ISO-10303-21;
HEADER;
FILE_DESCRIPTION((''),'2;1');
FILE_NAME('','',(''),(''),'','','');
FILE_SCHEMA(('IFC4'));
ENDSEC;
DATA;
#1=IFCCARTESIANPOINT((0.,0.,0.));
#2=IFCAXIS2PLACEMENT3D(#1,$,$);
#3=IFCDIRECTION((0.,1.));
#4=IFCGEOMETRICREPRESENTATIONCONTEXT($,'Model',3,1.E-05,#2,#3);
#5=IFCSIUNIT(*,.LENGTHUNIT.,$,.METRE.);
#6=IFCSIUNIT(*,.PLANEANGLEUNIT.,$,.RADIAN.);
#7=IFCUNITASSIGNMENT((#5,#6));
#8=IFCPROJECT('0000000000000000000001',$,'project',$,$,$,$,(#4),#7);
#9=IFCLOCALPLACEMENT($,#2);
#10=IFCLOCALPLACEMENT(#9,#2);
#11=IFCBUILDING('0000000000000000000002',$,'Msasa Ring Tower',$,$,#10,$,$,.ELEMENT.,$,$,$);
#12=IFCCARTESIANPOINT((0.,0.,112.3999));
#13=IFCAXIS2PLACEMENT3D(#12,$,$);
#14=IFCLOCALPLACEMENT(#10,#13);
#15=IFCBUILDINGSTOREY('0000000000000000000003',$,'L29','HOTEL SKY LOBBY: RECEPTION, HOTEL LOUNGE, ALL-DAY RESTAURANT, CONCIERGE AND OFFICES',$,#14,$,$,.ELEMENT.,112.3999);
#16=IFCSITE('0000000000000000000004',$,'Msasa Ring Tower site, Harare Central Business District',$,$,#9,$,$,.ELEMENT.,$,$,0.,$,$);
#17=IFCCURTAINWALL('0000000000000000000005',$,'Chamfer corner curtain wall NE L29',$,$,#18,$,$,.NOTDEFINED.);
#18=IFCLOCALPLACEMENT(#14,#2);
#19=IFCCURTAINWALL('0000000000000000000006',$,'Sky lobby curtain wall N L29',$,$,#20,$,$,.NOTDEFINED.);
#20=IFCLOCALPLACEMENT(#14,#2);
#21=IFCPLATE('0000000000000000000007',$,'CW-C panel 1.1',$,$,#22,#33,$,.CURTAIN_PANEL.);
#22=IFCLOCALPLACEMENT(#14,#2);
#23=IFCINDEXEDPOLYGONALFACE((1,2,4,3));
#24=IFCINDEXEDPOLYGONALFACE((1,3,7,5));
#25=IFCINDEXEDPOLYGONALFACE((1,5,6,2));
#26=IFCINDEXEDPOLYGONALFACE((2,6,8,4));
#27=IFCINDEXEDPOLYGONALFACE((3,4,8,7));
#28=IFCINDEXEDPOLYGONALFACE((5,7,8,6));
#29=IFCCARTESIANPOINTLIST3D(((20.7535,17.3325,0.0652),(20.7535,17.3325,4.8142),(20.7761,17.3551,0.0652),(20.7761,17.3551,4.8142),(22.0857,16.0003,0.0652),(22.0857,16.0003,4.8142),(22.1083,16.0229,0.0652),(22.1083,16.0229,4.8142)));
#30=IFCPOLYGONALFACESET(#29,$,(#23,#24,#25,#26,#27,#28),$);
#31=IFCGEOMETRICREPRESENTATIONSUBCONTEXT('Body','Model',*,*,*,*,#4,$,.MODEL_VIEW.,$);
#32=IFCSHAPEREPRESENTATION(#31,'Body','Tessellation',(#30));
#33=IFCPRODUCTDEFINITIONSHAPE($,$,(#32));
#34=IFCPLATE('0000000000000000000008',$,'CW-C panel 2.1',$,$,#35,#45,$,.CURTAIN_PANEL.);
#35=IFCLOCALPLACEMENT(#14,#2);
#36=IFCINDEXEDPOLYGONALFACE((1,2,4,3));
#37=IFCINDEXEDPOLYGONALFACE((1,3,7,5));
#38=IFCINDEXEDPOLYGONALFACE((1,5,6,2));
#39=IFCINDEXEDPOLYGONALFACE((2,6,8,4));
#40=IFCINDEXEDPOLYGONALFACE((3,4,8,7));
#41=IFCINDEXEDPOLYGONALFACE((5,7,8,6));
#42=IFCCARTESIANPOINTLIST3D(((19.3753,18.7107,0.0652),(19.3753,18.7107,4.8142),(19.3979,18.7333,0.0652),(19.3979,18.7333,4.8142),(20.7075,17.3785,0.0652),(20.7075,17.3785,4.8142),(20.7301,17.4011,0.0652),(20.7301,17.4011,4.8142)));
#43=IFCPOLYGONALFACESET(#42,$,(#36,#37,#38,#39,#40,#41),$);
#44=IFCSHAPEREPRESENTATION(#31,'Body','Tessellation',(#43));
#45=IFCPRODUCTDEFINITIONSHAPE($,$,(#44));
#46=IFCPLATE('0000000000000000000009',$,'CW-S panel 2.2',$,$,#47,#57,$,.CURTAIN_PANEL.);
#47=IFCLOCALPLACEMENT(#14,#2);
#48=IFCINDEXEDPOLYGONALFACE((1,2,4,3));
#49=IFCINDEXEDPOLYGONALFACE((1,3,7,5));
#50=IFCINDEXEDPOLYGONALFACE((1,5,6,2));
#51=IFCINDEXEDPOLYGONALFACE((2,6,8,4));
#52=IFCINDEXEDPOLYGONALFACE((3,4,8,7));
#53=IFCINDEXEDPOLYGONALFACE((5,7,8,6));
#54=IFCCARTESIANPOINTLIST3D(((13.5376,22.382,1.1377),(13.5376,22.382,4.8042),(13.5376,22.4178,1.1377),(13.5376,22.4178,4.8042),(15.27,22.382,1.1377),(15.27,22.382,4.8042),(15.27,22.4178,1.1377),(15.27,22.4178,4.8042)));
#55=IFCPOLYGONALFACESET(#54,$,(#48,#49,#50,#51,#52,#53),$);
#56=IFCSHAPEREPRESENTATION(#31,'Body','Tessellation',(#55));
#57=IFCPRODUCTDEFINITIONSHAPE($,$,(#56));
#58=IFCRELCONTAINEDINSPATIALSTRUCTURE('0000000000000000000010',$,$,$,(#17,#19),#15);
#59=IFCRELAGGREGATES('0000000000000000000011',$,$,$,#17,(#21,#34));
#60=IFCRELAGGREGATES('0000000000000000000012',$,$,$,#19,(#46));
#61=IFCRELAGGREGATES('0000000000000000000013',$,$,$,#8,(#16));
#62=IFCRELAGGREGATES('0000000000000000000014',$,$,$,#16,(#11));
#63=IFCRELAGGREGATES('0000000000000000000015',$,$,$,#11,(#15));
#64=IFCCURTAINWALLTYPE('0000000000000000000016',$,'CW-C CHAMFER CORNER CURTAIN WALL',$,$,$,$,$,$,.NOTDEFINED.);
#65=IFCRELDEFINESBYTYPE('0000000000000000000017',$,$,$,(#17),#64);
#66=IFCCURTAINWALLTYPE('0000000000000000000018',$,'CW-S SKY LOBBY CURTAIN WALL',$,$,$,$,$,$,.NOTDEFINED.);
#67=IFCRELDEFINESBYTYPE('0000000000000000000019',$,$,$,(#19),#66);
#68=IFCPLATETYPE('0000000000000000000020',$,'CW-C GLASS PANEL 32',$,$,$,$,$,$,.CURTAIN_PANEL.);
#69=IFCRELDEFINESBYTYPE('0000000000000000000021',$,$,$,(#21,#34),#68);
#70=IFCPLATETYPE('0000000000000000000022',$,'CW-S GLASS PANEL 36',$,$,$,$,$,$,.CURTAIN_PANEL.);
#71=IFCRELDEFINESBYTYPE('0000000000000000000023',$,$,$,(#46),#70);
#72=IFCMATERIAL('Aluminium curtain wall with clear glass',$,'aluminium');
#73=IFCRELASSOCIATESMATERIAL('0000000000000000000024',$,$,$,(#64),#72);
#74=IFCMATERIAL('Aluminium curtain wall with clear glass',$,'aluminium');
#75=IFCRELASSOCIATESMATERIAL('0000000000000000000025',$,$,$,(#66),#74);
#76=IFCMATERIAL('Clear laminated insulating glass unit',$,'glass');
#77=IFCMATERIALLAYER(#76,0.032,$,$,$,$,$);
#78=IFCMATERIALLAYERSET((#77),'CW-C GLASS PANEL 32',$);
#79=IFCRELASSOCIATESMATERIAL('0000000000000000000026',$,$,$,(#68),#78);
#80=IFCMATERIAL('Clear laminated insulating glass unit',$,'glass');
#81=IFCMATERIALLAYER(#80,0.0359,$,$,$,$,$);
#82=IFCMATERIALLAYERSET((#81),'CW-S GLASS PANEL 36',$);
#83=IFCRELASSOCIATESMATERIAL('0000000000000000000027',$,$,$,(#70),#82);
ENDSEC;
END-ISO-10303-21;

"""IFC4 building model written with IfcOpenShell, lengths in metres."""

from ifc_helpers import new_model, si_unit, direction, frame, origin, origin_2d, place, context, subcontext, project, spatial, rectangle, extrude, material, layer, layer_set, type_object, element, aggregate, save


model = new_model("IFC4")

# Units and contexts
model_context = context("Model", 3, precision=1e-05, world=origin(), true_north=direction((0.0, 1.0)))
body_context = subcontext(model_context, "Body", "Model", "MODEL_VIEW")
ifc_project = project(units=[si_unit("LENGTHUNIT", "METRE"), si_unit("PLANEANGLEUNIT", "RADIAN")], contexts=[model_context])

# Site, building, storey
site_placement = place(None, origin())
site = spatial("IfcSite", under=ifc_project, at=site_placement, Name="Msasa Ring Tower site, Harare Central Business District", CompositionType="ELEMENT", RefElevation=0.0)
building_placement = place(site_placement, origin())
building = spatial("IfcBuilding", under=site, at=building_placement, Name="Msasa Ring Tower", CompositionType="ELEMENT")
storey_placement = place(building_placement, frame((0.0, 0.0, 112.3999)))
storey = spatial("IfcBuildingStorey", under=building, at=storey_placement, Name="L29", Description="HOTEL SKY LOBBY: RECEPTION, HOTEL LOUNGE, ALL-DAY RESTAURANT, CONCIERGE AND OFFICES", CompositionType="ELEMENT", Elevation=112.3999)

# Curtain wall
ifc_material_1 = material(Name="Aluminium curtain wall with clear glass", Category="aluminium")
curtain_wall_type_1 = type_object("IfcCurtainWallType", Name="CW-C CHAMFER CORNER CURTAIN WALL", PredefinedType="NOTDEFINED", material=ifc_material_1)
curtain_wall_1_placement = place(storey_placement, origin())
curtain_wall_1 = element("IfcCurtainWall", 1, at=curtain_wall_1_placement, inside=storey, type_object=curtain_wall_type_1, Name="Chamfer corner curtain wall NE L29", PredefinedType="NOTDEFINED")

# Curtain wall
ifc_material_2 = material(Name="Aluminium curtain wall with clear glass", Category="aluminium")
curtain_wall_type_2 = type_object("IfcCurtainWallType", Name="CW-S SKY LOBBY CURTAIN WALL", PredefinedType="NOTDEFINED", material=ifc_material_2)
curtain_wall_2_placement = place(storey_placement, origin())
curtain_wall_2 = element("IfcCurtainWall", 2, at=curtain_wall_2_placement, inside=storey, type_object=curtain_wall_type_2, Name="Sky lobby curtain wall N L29", PredefinedType="NOTDEFINED")

# Plates
ifc_material_3 = material(Name="Clear laminated insulating glass unit", Category="glass")
ifc_layer_1 = layer(ifc_material_3, 0.032)
ifc_layer_set_1 = layer_set([ifc_layer_1], Name="CW-C GLASS PANEL 32")
plate_type_1 = type_object("IfcPlateType", Name="CW-C GLASS PANEL 32", PredefinedType="CURTAIN_PANEL", material=ifc_layer_set_1)
plate_1_placement = place(storey_placement, frame((21.4309, 16.6777, 0.0652), z_axis=(0.0, 0.0, 1.0), x_axis=(-0.707107, 0.707107, 0.0)))
plate_1 = element("IfcPlate", 3, at=plate_1_placement, type_object=plate_type_1, Name="CW-C panel 1.1", PredefinedType="CURTAIN_PANEL", context=body_context, shape_type="SweptSolid", body=[
    extrude(rectangle(XDim=1.884, YDim=0.032, at=origin_2d()), origin(), (0.0, 0.0, 1.0), 4.749),
])
plate_2_placement = place(storey_placement, frame((20.0527, 18.0559, 0.0652), z_axis=(0.0, 0.0, 1.0), x_axis=(-0.707107, 0.707107, 0.0)))
plate_2 = element("IfcPlate", 4, at=plate_2_placement, type_object=plate_type_1, Name="CW-C panel 2.1", PredefinedType="CURTAIN_PANEL", context=body_context, shape_type="SweptSolid", body=[
    extrude(rectangle(XDim=1.884, YDim=0.032, at=origin_2d()), origin(), (0.0, 0.0, 1.0), 4.749),
])
aggregate(curtain_wall_1, [plate_1, plate_2])
ifc_material_4 = material(Name="Clear laminated insulating glass unit", Category="glass")
ifc_layer_2 = layer(ifc_material_4, 0.0359)
ifc_layer_set_2 = layer_set([ifc_layer_2], Name="CW-S GLASS PANEL 36")
plate_type_2 = type_object("IfcPlateType", Name="CW-S GLASS PANEL 36", PredefinedType="CURTAIN_PANEL", material=ifc_layer_set_2)
plate_3_placement = place(storey_placement, frame((14.4038, 22.3999, 1.1377), z_axis=(0.0, 0.0, 1.0), x_axis=(1.0, 0.0, 0.0)))
plate_3 = element("IfcPlate", 5, at=plate_3_placement, type_object=plate_type_2, Name="CW-S panel 2.2", PredefinedType="CURTAIN_PANEL", context=body_context, shape_type="SweptSolid", body=[
    extrude(rectangle(XDim=1.7324, YDim=0.0359, at=origin_2d()), origin(), (0.0, 0.0, 1.0), 3.6665),
])
aggregate(curtain_wall_2, [plate_3])

save(model, "model.ifc")
